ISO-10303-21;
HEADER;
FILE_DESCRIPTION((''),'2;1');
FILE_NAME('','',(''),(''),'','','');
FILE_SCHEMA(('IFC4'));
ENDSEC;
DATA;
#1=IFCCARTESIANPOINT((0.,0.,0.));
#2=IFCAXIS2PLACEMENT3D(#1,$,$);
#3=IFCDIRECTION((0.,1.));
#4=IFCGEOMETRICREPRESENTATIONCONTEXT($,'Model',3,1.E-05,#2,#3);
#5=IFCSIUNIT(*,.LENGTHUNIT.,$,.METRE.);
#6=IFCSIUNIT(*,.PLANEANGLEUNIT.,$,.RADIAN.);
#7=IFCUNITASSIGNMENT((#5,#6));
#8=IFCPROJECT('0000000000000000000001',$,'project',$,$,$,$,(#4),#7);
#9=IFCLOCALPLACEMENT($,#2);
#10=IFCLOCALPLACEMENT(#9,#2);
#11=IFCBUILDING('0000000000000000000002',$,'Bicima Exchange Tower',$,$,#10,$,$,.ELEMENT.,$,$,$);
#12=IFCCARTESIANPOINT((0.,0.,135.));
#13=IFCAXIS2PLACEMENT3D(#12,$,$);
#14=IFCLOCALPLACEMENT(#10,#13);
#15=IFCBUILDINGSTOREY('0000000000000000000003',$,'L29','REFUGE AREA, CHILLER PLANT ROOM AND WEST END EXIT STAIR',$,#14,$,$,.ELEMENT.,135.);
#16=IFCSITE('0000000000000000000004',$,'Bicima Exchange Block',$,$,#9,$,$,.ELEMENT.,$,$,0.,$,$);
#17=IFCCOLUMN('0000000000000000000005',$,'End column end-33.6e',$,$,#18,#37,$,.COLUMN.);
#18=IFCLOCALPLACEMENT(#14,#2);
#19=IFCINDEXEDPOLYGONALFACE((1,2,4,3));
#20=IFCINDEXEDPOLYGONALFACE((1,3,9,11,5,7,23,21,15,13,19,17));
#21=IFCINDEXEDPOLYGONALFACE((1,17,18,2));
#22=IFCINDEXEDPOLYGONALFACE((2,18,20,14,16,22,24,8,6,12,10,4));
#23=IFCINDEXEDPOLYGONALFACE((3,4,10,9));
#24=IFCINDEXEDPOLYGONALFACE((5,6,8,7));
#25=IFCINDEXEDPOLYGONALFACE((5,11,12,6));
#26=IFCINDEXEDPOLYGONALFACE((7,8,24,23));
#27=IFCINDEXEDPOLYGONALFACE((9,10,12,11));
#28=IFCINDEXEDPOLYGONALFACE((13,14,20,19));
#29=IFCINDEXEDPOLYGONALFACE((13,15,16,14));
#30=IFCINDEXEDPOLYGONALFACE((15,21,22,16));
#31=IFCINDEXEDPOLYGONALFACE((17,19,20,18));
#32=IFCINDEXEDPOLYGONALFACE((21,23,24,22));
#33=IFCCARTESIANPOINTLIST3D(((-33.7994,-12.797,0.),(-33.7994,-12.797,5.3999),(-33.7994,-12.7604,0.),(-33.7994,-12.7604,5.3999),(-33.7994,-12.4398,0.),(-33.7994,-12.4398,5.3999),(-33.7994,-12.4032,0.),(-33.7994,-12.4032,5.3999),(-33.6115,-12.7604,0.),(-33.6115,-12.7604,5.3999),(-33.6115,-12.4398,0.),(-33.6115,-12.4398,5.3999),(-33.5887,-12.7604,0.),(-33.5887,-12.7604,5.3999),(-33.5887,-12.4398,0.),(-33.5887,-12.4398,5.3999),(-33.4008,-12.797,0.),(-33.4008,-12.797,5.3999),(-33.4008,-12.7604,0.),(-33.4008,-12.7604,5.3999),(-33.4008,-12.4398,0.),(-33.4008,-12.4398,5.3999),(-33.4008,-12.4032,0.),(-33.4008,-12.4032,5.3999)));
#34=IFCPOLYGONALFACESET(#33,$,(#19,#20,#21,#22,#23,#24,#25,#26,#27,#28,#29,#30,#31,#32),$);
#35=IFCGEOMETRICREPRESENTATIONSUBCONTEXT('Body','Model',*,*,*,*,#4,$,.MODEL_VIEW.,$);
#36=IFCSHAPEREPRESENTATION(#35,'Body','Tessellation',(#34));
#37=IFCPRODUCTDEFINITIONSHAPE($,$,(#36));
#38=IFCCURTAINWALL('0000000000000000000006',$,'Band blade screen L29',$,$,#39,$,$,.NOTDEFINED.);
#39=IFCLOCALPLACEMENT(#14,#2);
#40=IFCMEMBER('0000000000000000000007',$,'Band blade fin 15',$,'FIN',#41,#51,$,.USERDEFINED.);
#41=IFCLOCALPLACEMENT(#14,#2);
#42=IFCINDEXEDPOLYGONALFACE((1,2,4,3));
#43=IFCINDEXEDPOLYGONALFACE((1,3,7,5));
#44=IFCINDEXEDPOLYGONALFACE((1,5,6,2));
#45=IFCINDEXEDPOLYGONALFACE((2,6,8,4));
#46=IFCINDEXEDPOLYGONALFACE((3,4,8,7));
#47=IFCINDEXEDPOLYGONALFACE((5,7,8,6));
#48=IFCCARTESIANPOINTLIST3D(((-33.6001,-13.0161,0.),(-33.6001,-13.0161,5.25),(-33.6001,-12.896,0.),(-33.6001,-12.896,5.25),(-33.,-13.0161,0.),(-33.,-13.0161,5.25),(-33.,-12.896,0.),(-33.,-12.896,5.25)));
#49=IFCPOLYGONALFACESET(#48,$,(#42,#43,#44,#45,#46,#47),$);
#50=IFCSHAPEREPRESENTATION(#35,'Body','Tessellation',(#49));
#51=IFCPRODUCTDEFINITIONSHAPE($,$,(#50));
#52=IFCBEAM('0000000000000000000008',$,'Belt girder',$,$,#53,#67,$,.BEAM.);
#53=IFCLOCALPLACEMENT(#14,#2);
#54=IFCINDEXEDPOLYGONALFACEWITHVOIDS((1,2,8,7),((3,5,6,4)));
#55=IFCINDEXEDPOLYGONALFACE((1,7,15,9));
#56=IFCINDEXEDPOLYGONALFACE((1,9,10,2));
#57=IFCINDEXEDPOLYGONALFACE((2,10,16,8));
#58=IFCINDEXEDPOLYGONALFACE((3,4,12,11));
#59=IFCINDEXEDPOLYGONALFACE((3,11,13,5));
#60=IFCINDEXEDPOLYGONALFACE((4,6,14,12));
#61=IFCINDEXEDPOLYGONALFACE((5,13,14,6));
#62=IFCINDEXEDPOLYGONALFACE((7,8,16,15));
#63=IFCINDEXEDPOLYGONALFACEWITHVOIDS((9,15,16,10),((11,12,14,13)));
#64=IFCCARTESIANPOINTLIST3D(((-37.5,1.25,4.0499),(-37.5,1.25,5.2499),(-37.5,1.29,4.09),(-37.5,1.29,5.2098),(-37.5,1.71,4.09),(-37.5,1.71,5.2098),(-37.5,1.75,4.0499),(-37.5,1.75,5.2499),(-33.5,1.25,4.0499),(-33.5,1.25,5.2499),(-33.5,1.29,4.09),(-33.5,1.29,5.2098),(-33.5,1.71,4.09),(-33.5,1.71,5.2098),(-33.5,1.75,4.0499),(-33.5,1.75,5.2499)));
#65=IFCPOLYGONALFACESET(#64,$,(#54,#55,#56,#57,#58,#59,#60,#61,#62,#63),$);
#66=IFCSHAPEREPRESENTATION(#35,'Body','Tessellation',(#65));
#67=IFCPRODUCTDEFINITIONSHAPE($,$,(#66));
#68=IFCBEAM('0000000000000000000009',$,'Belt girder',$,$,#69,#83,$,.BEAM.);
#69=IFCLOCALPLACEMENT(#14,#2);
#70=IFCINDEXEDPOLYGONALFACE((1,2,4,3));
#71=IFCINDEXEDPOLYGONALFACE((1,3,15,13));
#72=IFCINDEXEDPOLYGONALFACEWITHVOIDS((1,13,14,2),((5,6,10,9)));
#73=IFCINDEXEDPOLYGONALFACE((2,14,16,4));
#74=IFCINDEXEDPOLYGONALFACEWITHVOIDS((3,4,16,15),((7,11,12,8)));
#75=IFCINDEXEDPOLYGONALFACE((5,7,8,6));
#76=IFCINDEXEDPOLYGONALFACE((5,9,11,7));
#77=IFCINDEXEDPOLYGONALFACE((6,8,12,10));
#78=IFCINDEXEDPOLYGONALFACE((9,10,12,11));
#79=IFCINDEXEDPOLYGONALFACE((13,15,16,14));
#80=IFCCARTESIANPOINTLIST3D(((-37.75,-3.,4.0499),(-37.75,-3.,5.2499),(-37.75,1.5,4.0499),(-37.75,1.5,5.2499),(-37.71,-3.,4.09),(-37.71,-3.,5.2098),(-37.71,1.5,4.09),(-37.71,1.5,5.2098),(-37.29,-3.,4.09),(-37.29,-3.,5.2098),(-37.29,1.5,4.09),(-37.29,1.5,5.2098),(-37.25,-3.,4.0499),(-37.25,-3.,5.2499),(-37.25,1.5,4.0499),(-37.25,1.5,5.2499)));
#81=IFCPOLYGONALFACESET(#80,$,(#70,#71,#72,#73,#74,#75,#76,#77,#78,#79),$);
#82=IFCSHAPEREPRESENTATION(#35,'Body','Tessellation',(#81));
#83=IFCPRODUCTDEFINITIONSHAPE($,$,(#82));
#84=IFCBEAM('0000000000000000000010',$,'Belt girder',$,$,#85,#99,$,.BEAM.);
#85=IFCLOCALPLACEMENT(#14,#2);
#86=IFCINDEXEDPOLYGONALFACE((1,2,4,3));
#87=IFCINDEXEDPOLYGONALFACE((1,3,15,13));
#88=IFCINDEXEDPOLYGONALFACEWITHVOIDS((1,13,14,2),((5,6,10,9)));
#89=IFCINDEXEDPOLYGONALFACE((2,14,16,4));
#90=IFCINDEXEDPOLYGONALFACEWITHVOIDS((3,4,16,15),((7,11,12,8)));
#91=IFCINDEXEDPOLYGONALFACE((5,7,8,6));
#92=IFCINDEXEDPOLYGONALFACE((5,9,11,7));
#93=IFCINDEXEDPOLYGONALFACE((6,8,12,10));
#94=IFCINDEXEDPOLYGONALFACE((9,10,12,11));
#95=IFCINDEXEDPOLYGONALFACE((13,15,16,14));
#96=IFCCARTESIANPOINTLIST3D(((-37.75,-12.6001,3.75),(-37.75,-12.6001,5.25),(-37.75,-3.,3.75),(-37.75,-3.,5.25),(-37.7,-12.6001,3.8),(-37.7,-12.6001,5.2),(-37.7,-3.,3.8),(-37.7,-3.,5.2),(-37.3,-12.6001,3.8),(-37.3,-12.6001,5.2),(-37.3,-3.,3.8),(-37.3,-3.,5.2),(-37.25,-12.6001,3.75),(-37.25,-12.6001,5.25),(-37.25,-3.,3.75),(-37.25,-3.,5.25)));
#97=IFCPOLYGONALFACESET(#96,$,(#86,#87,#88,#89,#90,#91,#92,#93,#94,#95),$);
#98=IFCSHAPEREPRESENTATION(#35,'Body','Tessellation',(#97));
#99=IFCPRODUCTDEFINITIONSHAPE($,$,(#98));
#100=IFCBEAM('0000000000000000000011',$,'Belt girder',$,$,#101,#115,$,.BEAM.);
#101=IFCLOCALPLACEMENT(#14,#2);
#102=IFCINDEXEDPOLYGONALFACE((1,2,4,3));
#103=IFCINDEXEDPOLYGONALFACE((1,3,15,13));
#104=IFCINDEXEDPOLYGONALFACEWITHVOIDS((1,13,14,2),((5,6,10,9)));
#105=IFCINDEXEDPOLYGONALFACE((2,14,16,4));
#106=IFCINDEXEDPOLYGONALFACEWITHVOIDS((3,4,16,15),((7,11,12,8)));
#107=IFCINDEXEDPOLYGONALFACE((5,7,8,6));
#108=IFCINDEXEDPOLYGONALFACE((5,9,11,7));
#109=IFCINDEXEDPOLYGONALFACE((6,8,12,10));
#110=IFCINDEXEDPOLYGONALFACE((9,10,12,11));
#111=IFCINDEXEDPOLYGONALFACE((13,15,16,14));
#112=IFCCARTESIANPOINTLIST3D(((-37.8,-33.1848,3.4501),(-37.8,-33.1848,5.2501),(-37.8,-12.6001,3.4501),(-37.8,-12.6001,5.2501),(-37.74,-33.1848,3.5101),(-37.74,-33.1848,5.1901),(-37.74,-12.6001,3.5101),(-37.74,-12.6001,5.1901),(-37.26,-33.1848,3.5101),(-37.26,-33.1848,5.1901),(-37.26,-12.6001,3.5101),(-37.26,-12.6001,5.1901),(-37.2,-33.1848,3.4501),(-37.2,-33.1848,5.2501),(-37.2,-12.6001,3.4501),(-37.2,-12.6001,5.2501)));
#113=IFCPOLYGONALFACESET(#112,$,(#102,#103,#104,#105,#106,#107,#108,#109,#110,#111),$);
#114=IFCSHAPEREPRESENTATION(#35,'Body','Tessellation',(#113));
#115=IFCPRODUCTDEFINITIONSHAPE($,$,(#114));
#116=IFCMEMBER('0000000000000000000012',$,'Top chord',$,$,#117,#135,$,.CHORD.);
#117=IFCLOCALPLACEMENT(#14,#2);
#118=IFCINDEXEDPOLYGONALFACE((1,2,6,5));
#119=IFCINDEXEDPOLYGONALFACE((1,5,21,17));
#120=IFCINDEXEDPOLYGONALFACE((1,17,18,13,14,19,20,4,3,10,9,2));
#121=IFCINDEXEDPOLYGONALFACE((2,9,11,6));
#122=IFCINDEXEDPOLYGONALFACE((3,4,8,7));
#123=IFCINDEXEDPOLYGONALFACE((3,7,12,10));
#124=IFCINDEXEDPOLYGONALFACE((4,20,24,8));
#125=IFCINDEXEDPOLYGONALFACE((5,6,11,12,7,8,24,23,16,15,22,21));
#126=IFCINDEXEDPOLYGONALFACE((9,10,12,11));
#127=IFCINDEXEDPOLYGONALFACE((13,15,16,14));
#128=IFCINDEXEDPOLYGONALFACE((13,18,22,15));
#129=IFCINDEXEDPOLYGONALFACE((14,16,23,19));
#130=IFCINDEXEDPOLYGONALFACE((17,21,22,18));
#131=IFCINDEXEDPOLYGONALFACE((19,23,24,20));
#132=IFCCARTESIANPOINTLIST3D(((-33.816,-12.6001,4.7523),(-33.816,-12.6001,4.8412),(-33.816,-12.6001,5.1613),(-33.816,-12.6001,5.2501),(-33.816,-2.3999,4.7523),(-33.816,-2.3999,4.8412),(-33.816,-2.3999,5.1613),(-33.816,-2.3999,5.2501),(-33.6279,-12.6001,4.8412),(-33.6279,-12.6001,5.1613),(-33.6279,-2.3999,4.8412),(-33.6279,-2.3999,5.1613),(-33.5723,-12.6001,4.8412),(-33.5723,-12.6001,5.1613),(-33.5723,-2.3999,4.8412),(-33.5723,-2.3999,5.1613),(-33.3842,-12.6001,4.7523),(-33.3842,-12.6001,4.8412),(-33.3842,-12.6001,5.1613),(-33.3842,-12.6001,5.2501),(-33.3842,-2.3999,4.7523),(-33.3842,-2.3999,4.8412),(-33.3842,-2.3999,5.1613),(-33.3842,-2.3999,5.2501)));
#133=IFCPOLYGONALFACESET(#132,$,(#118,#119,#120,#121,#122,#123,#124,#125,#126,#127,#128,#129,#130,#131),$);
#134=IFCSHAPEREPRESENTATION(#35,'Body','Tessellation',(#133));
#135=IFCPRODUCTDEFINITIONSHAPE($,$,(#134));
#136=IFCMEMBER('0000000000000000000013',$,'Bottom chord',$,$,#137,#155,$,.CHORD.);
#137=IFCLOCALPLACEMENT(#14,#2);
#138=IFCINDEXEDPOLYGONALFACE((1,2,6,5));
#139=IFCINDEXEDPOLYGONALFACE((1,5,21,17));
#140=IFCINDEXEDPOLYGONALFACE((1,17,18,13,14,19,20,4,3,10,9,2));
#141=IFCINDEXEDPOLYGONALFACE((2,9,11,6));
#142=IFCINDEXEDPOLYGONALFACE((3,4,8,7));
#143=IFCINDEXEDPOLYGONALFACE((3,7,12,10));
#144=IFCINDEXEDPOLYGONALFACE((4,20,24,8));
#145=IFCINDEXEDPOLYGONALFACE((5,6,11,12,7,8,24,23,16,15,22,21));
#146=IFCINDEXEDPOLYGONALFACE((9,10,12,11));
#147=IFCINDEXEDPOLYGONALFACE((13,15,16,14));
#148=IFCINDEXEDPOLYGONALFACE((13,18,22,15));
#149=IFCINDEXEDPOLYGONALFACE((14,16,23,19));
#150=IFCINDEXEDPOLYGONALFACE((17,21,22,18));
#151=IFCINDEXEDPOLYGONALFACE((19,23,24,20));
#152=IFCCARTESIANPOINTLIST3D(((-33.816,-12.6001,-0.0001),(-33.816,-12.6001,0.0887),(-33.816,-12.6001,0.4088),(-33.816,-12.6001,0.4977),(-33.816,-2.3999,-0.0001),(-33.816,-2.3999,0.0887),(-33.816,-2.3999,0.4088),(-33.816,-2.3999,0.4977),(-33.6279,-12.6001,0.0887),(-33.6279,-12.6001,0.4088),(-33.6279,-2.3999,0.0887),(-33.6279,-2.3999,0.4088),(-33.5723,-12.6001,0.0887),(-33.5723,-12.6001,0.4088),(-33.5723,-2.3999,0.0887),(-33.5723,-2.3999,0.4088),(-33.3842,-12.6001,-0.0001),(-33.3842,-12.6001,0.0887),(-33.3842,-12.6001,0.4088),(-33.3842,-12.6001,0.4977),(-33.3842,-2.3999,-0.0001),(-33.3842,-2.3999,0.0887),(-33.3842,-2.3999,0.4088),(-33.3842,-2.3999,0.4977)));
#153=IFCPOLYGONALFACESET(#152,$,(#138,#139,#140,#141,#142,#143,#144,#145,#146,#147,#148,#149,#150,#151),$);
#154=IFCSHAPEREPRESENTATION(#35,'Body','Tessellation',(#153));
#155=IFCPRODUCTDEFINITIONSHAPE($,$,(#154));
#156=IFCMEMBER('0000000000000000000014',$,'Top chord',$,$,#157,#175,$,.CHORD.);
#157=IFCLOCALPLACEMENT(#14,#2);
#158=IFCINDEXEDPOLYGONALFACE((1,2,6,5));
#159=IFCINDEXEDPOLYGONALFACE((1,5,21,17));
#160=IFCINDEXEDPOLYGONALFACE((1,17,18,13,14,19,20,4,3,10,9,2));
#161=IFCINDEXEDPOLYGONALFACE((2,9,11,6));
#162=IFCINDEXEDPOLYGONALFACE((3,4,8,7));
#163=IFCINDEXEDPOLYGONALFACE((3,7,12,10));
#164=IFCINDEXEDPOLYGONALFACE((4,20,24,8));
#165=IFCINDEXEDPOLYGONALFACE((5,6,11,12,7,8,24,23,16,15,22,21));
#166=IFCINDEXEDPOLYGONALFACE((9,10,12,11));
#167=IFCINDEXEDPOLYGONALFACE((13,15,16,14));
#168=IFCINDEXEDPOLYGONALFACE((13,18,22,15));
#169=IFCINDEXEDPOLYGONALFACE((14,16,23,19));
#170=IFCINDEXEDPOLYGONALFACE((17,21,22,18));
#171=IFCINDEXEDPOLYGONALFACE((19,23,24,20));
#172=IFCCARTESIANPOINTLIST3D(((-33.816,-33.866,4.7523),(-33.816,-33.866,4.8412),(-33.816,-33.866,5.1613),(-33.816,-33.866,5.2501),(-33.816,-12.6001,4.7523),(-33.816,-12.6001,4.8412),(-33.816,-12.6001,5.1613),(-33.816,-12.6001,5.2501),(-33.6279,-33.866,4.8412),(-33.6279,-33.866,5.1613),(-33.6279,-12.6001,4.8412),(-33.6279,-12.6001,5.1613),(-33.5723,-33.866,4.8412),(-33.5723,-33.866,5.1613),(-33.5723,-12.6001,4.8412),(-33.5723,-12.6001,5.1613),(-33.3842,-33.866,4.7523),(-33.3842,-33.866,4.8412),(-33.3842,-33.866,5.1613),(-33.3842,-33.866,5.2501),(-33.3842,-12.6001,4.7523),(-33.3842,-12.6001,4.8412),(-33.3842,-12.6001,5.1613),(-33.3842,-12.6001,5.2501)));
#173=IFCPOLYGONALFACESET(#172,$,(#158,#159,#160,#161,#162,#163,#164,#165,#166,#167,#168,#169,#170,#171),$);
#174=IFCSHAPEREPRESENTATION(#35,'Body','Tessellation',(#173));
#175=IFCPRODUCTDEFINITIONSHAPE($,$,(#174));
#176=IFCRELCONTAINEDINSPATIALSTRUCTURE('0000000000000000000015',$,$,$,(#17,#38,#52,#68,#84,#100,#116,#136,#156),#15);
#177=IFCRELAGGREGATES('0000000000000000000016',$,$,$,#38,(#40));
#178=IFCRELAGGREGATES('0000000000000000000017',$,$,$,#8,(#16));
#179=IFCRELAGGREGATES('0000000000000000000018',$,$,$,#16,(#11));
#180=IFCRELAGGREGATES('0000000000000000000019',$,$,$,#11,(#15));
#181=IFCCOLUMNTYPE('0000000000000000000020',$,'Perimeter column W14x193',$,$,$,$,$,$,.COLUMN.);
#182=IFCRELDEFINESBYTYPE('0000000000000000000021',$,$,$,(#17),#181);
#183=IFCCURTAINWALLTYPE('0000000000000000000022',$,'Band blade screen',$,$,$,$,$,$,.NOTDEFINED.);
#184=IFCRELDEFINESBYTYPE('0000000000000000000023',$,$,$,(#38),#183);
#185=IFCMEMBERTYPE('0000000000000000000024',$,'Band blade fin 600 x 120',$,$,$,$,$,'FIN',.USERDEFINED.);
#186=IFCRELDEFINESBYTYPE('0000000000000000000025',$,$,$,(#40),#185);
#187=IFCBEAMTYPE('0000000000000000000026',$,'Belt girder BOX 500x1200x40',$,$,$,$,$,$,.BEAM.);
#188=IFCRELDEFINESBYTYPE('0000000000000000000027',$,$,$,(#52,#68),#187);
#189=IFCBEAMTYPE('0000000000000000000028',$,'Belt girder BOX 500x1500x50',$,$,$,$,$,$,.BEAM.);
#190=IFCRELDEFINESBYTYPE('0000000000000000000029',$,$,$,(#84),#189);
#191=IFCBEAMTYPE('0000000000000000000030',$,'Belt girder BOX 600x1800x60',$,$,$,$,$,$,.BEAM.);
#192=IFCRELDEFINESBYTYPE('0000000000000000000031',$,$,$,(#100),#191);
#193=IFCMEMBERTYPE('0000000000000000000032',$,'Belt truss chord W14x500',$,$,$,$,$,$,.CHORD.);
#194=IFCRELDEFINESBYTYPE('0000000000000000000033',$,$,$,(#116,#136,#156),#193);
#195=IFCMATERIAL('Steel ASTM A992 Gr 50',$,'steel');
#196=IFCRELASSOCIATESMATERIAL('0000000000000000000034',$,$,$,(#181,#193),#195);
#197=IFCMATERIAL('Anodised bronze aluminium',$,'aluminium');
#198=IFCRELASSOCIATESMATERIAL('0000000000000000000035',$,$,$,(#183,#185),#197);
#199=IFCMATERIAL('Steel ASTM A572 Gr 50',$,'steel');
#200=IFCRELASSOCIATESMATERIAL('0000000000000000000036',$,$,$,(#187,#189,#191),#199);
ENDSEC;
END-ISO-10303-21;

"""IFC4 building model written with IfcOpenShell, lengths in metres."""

from ifc_helpers import new_model, si_unit, direction, frame, origin, origin_2d, place, context, subcontext, project, spatial, rectangle, hollow_rectangle, i_section, extrude, material, material_profile, profile_set, type_object, element, aggregate, save


model = new_model("IFC4")

# Units and contexts
model_context = context("Model", 3, precision=1e-05, world=origin(), true_north=direction((0.0, 1.0)))
body_context = subcontext(model_context, "Body", "Model", "MODEL_VIEW")
ifc_project = project(units=[si_unit("LENGTHUNIT", "METRE"), si_unit("PLANEANGLEUNIT", "RADIAN")], contexts=[model_context])

# Site, building, storey
site_placement = place(None, origin())
site = spatial("IfcSite", under=ifc_project, at=site_placement, Name="Bicima Exchange Block", CompositionType="ELEMENT", RefElevation=0.0)
building_placement = place(site_placement, origin())
building = spatial("IfcBuilding", under=site, at=building_placement, Name="Bicima Exchange Tower", CompositionType="ELEMENT")
storey_placement = place(building_placement, frame((0.0, 0.0, 135.0)))
storey = spatial("IfcBuildingStorey", under=building, at=storey_placement, Name="L29", Description="REFUGE AREA, CHILLER PLANT ROOM AND WEST END EXIT STAIR", CompositionType="ELEMENT", Elevation=135.0)

# Column
ifc_material_1 = material(Name="Steel ASTM A992 Gr 50", Category="steel")
ifc_material_profile_1 = material_profile(ifc_material_1, i_section(OverallWidth=0.3987, OverallDepth=0.3938, WebThickness=0.0227, FlangeThickness=0.0366, at=origin_2d()))
ifc_profile_set_1 = profile_set([ifc_material_profile_1], Name="Steel ASTM A992 Gr 50")
column_type = type_object("IfcColumnType", Name="Perimeter column W14x193", PredefinedType="COLUMN", material=ifc_profile_set_1)
column_placement = place(storey_placement, frame((-33.6001, -12.6001, 0.0), z_axis=(0.0, 0.0, 1.0), x_axis=(1.0, 0.0, 0.0)))
element("IfcColumn", 1, at=column_placement, inside=storey, type_object=column_type, Name="End column end-33.6e", PredefinedType="COLUMN", context=body_context, shape_type="SweptSolid", body=[
    extrude(i_section(OverallWidth=0.3987, OverallDepth=0.3938, WebThickness=0.0227, FlangeThickness=0.0366, at=origin_2d()), origin(), (0.0, 0.0, 1.0), 5.3999),
])

# Curtain wall, member
ifc_material_2 = material(Name="Anodised bronze aluminium", Category="aluminium")
curtain_wall_type = type_object("IfcCurtainWallType", Name="Band blade screen", PredefinedType="NOTDEFINED", material=ifc_material_2)
curtain_wall_placement = place(storey_placement, origin())
curtain_wall = element("IfcCurtainWall", 2, at=curtain_wall_placement, inside=storey, type_object=curtain_wall_type, Name="Band blade screen L29", PredefinedType="NOTDEFINED")
ifc_material_profile_2 = material_profile(ifc_material_2, rectangle(XDim=0.6001, YDim=0.1201, at=origin_2d()))
ifc_profile_set_2 = profile_set([ifc_material_profile_2], Name="Anodised bronze aluminium")
member_type_1 = type_object("IfcMemberType", Name="Band blade fin 600 x 120", ElementType="FIN", PredefinedType="USERDEFINED", material=ifc_profile_set_2)
member_1_placement = place(storey_placement, frame((-33.3, -12.9561, 0.0), z_axis=(0.0, 0.0, 1.0), x_axis=(1.0, 0.0, 0.0)))
member_1 = element("IfcMember", 3, at=member_1_placement, type_object=member_type_1, Name="Band blade fin 15", ObjectType="FIN", PredefinedType="USERDEFINED", context=body_context, shape_type="SweptSolid", body=[
    extrude(rectangle(XDim=0.6001, YDim=0.1201, at=origin_2d()), origin(), (0.0, 0.0, 1.0), 5.25),
])
aggregate(curtain_wall, [member_1])

# Beams
ifc_material_3 = material(Name="Steel ASTM A572 Gr 50", Category="steel")
ifc_material_profile_3 = material_profile(ifc_material_3, hollow_rectangle(XDim=0.5, YDim=1.2, WallThickness=0.04, at=origin_2d()))
ifc_profile_set_3 = profile_set([ifc_material_profile_3], Name="Steel ASTM A572 Gr 50")
beam_type_1 = type_object("IfcBeamType", Name="Belt girder BOX 500x1200x40", PredefinedType="BEAM", material=ifc_profile_set_3)
beam_1_placement = place(storey_placement, frame((-33.5, 1.5, 4.6499), z_axis=(-1.0, 0.0, 0.0), x_axis=(0.0, -1.0, 0.0)))
element("IfcBeam", 4, at=beam_1_placement, inside=storey, type_object=beam_type_1, Name="Belt girder", PredefinedType="BEAM", context=body_context, shape_type="SweptSolid", body=[
    extrude(hollow_rectangle(XDim=0.5, YDim=1.2, WallThickness=0.04, at=origin_2d()), origin(), (0.0, 0.0, 1.0), 4.0),
])
beam_2_placement = place(storey_placement, frame((-37.5, 1.5, 4.6499), z_axis=(0.0, -1.0, 0.0), x_axis=(1.0, 0.0, 0.0)))
element("IfcBeam", 5, at=beam_2_placement, inside=storey, type_object=beam_type_1, Name="Belt girder", PredefinedType="BEAM", context=body_context, shape_type="SweptSolid", body=[
    extrude(hollow_rectangle(XDim=0.5, YDim=1.2, WallThickness=0.04, at=origin_2d()), origin(), (0.0, 0.0, 1.0), 4.5),
])
ifc_material_profile_4 = material_profile(ifc_material_3, hollow_rectangle(XDim=0.5, YDim=1.5, WallThickness=0.05, at=origin_2d()))
ifc_profile_set_4 = profile_set([ifc_material_profile_4], Name="Steel ASTM A572 Gr 50")
beam_type_2 = type_object("IfcBeamType", Name="Belt girder BOX 500x1500x50", PredefinedType="BEAM", material=ifc_profile_set_4)
beam_3_placement = place(storey_placement, frame((-37.5, -3.0, 4.5), z_axis=(0.0, -1.0, 0.0), x_axis=(1.0, 0.0, 0.0)))
element("IfcBeam", 6, at=beam_3_placement, inside=storey, type_object=beam_type_2, Name="Belt girder", PredefinedType="BEAM", context=body_context, shape_type="SweptSolid", body=[
    extrude(hollow_rectangle(XDim=0.5, YDim=1.5, WallThickness=0.05, at=origin_2d()), origin(), (0.0, 0.0, 1.0), 9.6001),
])
ifc_material_profile_5 = material_profile(ifc_material_3, hollow_rectangle(XDim=0.6001, YDim=1.8, WallThickness=0.0601, at=origin_2d()))
ifc_profile_set_5 = profile_set([ifc_material_profile_5], Name="Steel ASTM A572 Gr 50")
beam_type_3 = type_object("IfcBeamType", Name="Belt girder BOX 600x1800x60", PredefinedType="BEAM", material=ifc_profile_set_5)
beam_4_placement = place(storey_placement, frame((-37.5, -12.6001, 4.3501), z_axis=(0.0, -1.0, 0.0), x_axis=(1.0, 0.0, 0.0)))
element("IfcBeam", 7, at=beam_4_placement, inside=storey, type_object=beam_type_3, Name="Belt girder", PredefinedType="BEAM", context=body_context, shape_type="SweptSolid", body=[
    extrude(hollow_rectangle(XDim=0.6001, YDim=1.8, WallThickness=0.0601, at=origin_2d()), origin(), (0.0, 0.0, 1.0), 20.5847),
])

# Members
ifc_material_profile_6 = material_profile(ifc_material_1, i_section(OverallWidth=0.4319, OverallDepth=0.4978, WebThickness=0.0557, FlangeThickness=0.0889, at=origin_2d()))
ifc_profile_set_6 = profile_set([ifc_material_profile_6], Name="Steel ASTM A992 Gr 50")
member_type_2 = type_object("IfcMemberType", Name="Belt truss chord W14x500", PredefinedType="CHORD", material=ifc_profile_set_6)
for number, where, z_axis, x_axis, name in (
    (8, (-33.6001, -2.3999, 5.0012), (0.0, -1.0, 0.0), (1.0, 0.0, 0.0), "Top chord"),
    (9, (-33.6001, -2.3999, 0.2488), (0.0, -1.0, 0.0), (1.0, 0.0, 0.0), "Bottom chord"),
):
    element("IfcMember", number, at=place(storey_placement, frame(where, z_axis=z_axis, x_axis=x_axis)), inside=storey, type_object=member_type_2, Name=name, PredefinedType="CHORD", context=body_context, shape_type="SweptSolid", body=[
        extrude(i_section(OverallWidth=0.4319, OverallDepth=0.4978, WebThickness=0.0557, FlangeThickness=0.0889, at=origin_2d()), origin(), (0.0, 0.0, 1.0), 10.2002),
    ])
for number, where, z_axis, x_axis, name in (
    (10, (-33.6001, -12.6001, 5.0012), (0.0, -1.0, 0.0), (1.0, 0.0, 0.0), "Top chord"),
):
    element("IfcMember", number, at=place(storey_placement, frame(where, z_axis=z_axis, x_axis=x_axis)), inside=storey, type_object=member_type_2, Name=name, PredefinedType="CHORD", context=body_context, shape_type="SweptSolid", body=[
        extrude(i_section(OverallWidth=0.4319, OverallDepth=0.4978, WebThickness=0.0557, FlangeThickness=0.0889, at=origin_2d()), origin(), (0.0, 0.0, 1.0), 21.2659),
    ])

save(model, "model.ifc")
